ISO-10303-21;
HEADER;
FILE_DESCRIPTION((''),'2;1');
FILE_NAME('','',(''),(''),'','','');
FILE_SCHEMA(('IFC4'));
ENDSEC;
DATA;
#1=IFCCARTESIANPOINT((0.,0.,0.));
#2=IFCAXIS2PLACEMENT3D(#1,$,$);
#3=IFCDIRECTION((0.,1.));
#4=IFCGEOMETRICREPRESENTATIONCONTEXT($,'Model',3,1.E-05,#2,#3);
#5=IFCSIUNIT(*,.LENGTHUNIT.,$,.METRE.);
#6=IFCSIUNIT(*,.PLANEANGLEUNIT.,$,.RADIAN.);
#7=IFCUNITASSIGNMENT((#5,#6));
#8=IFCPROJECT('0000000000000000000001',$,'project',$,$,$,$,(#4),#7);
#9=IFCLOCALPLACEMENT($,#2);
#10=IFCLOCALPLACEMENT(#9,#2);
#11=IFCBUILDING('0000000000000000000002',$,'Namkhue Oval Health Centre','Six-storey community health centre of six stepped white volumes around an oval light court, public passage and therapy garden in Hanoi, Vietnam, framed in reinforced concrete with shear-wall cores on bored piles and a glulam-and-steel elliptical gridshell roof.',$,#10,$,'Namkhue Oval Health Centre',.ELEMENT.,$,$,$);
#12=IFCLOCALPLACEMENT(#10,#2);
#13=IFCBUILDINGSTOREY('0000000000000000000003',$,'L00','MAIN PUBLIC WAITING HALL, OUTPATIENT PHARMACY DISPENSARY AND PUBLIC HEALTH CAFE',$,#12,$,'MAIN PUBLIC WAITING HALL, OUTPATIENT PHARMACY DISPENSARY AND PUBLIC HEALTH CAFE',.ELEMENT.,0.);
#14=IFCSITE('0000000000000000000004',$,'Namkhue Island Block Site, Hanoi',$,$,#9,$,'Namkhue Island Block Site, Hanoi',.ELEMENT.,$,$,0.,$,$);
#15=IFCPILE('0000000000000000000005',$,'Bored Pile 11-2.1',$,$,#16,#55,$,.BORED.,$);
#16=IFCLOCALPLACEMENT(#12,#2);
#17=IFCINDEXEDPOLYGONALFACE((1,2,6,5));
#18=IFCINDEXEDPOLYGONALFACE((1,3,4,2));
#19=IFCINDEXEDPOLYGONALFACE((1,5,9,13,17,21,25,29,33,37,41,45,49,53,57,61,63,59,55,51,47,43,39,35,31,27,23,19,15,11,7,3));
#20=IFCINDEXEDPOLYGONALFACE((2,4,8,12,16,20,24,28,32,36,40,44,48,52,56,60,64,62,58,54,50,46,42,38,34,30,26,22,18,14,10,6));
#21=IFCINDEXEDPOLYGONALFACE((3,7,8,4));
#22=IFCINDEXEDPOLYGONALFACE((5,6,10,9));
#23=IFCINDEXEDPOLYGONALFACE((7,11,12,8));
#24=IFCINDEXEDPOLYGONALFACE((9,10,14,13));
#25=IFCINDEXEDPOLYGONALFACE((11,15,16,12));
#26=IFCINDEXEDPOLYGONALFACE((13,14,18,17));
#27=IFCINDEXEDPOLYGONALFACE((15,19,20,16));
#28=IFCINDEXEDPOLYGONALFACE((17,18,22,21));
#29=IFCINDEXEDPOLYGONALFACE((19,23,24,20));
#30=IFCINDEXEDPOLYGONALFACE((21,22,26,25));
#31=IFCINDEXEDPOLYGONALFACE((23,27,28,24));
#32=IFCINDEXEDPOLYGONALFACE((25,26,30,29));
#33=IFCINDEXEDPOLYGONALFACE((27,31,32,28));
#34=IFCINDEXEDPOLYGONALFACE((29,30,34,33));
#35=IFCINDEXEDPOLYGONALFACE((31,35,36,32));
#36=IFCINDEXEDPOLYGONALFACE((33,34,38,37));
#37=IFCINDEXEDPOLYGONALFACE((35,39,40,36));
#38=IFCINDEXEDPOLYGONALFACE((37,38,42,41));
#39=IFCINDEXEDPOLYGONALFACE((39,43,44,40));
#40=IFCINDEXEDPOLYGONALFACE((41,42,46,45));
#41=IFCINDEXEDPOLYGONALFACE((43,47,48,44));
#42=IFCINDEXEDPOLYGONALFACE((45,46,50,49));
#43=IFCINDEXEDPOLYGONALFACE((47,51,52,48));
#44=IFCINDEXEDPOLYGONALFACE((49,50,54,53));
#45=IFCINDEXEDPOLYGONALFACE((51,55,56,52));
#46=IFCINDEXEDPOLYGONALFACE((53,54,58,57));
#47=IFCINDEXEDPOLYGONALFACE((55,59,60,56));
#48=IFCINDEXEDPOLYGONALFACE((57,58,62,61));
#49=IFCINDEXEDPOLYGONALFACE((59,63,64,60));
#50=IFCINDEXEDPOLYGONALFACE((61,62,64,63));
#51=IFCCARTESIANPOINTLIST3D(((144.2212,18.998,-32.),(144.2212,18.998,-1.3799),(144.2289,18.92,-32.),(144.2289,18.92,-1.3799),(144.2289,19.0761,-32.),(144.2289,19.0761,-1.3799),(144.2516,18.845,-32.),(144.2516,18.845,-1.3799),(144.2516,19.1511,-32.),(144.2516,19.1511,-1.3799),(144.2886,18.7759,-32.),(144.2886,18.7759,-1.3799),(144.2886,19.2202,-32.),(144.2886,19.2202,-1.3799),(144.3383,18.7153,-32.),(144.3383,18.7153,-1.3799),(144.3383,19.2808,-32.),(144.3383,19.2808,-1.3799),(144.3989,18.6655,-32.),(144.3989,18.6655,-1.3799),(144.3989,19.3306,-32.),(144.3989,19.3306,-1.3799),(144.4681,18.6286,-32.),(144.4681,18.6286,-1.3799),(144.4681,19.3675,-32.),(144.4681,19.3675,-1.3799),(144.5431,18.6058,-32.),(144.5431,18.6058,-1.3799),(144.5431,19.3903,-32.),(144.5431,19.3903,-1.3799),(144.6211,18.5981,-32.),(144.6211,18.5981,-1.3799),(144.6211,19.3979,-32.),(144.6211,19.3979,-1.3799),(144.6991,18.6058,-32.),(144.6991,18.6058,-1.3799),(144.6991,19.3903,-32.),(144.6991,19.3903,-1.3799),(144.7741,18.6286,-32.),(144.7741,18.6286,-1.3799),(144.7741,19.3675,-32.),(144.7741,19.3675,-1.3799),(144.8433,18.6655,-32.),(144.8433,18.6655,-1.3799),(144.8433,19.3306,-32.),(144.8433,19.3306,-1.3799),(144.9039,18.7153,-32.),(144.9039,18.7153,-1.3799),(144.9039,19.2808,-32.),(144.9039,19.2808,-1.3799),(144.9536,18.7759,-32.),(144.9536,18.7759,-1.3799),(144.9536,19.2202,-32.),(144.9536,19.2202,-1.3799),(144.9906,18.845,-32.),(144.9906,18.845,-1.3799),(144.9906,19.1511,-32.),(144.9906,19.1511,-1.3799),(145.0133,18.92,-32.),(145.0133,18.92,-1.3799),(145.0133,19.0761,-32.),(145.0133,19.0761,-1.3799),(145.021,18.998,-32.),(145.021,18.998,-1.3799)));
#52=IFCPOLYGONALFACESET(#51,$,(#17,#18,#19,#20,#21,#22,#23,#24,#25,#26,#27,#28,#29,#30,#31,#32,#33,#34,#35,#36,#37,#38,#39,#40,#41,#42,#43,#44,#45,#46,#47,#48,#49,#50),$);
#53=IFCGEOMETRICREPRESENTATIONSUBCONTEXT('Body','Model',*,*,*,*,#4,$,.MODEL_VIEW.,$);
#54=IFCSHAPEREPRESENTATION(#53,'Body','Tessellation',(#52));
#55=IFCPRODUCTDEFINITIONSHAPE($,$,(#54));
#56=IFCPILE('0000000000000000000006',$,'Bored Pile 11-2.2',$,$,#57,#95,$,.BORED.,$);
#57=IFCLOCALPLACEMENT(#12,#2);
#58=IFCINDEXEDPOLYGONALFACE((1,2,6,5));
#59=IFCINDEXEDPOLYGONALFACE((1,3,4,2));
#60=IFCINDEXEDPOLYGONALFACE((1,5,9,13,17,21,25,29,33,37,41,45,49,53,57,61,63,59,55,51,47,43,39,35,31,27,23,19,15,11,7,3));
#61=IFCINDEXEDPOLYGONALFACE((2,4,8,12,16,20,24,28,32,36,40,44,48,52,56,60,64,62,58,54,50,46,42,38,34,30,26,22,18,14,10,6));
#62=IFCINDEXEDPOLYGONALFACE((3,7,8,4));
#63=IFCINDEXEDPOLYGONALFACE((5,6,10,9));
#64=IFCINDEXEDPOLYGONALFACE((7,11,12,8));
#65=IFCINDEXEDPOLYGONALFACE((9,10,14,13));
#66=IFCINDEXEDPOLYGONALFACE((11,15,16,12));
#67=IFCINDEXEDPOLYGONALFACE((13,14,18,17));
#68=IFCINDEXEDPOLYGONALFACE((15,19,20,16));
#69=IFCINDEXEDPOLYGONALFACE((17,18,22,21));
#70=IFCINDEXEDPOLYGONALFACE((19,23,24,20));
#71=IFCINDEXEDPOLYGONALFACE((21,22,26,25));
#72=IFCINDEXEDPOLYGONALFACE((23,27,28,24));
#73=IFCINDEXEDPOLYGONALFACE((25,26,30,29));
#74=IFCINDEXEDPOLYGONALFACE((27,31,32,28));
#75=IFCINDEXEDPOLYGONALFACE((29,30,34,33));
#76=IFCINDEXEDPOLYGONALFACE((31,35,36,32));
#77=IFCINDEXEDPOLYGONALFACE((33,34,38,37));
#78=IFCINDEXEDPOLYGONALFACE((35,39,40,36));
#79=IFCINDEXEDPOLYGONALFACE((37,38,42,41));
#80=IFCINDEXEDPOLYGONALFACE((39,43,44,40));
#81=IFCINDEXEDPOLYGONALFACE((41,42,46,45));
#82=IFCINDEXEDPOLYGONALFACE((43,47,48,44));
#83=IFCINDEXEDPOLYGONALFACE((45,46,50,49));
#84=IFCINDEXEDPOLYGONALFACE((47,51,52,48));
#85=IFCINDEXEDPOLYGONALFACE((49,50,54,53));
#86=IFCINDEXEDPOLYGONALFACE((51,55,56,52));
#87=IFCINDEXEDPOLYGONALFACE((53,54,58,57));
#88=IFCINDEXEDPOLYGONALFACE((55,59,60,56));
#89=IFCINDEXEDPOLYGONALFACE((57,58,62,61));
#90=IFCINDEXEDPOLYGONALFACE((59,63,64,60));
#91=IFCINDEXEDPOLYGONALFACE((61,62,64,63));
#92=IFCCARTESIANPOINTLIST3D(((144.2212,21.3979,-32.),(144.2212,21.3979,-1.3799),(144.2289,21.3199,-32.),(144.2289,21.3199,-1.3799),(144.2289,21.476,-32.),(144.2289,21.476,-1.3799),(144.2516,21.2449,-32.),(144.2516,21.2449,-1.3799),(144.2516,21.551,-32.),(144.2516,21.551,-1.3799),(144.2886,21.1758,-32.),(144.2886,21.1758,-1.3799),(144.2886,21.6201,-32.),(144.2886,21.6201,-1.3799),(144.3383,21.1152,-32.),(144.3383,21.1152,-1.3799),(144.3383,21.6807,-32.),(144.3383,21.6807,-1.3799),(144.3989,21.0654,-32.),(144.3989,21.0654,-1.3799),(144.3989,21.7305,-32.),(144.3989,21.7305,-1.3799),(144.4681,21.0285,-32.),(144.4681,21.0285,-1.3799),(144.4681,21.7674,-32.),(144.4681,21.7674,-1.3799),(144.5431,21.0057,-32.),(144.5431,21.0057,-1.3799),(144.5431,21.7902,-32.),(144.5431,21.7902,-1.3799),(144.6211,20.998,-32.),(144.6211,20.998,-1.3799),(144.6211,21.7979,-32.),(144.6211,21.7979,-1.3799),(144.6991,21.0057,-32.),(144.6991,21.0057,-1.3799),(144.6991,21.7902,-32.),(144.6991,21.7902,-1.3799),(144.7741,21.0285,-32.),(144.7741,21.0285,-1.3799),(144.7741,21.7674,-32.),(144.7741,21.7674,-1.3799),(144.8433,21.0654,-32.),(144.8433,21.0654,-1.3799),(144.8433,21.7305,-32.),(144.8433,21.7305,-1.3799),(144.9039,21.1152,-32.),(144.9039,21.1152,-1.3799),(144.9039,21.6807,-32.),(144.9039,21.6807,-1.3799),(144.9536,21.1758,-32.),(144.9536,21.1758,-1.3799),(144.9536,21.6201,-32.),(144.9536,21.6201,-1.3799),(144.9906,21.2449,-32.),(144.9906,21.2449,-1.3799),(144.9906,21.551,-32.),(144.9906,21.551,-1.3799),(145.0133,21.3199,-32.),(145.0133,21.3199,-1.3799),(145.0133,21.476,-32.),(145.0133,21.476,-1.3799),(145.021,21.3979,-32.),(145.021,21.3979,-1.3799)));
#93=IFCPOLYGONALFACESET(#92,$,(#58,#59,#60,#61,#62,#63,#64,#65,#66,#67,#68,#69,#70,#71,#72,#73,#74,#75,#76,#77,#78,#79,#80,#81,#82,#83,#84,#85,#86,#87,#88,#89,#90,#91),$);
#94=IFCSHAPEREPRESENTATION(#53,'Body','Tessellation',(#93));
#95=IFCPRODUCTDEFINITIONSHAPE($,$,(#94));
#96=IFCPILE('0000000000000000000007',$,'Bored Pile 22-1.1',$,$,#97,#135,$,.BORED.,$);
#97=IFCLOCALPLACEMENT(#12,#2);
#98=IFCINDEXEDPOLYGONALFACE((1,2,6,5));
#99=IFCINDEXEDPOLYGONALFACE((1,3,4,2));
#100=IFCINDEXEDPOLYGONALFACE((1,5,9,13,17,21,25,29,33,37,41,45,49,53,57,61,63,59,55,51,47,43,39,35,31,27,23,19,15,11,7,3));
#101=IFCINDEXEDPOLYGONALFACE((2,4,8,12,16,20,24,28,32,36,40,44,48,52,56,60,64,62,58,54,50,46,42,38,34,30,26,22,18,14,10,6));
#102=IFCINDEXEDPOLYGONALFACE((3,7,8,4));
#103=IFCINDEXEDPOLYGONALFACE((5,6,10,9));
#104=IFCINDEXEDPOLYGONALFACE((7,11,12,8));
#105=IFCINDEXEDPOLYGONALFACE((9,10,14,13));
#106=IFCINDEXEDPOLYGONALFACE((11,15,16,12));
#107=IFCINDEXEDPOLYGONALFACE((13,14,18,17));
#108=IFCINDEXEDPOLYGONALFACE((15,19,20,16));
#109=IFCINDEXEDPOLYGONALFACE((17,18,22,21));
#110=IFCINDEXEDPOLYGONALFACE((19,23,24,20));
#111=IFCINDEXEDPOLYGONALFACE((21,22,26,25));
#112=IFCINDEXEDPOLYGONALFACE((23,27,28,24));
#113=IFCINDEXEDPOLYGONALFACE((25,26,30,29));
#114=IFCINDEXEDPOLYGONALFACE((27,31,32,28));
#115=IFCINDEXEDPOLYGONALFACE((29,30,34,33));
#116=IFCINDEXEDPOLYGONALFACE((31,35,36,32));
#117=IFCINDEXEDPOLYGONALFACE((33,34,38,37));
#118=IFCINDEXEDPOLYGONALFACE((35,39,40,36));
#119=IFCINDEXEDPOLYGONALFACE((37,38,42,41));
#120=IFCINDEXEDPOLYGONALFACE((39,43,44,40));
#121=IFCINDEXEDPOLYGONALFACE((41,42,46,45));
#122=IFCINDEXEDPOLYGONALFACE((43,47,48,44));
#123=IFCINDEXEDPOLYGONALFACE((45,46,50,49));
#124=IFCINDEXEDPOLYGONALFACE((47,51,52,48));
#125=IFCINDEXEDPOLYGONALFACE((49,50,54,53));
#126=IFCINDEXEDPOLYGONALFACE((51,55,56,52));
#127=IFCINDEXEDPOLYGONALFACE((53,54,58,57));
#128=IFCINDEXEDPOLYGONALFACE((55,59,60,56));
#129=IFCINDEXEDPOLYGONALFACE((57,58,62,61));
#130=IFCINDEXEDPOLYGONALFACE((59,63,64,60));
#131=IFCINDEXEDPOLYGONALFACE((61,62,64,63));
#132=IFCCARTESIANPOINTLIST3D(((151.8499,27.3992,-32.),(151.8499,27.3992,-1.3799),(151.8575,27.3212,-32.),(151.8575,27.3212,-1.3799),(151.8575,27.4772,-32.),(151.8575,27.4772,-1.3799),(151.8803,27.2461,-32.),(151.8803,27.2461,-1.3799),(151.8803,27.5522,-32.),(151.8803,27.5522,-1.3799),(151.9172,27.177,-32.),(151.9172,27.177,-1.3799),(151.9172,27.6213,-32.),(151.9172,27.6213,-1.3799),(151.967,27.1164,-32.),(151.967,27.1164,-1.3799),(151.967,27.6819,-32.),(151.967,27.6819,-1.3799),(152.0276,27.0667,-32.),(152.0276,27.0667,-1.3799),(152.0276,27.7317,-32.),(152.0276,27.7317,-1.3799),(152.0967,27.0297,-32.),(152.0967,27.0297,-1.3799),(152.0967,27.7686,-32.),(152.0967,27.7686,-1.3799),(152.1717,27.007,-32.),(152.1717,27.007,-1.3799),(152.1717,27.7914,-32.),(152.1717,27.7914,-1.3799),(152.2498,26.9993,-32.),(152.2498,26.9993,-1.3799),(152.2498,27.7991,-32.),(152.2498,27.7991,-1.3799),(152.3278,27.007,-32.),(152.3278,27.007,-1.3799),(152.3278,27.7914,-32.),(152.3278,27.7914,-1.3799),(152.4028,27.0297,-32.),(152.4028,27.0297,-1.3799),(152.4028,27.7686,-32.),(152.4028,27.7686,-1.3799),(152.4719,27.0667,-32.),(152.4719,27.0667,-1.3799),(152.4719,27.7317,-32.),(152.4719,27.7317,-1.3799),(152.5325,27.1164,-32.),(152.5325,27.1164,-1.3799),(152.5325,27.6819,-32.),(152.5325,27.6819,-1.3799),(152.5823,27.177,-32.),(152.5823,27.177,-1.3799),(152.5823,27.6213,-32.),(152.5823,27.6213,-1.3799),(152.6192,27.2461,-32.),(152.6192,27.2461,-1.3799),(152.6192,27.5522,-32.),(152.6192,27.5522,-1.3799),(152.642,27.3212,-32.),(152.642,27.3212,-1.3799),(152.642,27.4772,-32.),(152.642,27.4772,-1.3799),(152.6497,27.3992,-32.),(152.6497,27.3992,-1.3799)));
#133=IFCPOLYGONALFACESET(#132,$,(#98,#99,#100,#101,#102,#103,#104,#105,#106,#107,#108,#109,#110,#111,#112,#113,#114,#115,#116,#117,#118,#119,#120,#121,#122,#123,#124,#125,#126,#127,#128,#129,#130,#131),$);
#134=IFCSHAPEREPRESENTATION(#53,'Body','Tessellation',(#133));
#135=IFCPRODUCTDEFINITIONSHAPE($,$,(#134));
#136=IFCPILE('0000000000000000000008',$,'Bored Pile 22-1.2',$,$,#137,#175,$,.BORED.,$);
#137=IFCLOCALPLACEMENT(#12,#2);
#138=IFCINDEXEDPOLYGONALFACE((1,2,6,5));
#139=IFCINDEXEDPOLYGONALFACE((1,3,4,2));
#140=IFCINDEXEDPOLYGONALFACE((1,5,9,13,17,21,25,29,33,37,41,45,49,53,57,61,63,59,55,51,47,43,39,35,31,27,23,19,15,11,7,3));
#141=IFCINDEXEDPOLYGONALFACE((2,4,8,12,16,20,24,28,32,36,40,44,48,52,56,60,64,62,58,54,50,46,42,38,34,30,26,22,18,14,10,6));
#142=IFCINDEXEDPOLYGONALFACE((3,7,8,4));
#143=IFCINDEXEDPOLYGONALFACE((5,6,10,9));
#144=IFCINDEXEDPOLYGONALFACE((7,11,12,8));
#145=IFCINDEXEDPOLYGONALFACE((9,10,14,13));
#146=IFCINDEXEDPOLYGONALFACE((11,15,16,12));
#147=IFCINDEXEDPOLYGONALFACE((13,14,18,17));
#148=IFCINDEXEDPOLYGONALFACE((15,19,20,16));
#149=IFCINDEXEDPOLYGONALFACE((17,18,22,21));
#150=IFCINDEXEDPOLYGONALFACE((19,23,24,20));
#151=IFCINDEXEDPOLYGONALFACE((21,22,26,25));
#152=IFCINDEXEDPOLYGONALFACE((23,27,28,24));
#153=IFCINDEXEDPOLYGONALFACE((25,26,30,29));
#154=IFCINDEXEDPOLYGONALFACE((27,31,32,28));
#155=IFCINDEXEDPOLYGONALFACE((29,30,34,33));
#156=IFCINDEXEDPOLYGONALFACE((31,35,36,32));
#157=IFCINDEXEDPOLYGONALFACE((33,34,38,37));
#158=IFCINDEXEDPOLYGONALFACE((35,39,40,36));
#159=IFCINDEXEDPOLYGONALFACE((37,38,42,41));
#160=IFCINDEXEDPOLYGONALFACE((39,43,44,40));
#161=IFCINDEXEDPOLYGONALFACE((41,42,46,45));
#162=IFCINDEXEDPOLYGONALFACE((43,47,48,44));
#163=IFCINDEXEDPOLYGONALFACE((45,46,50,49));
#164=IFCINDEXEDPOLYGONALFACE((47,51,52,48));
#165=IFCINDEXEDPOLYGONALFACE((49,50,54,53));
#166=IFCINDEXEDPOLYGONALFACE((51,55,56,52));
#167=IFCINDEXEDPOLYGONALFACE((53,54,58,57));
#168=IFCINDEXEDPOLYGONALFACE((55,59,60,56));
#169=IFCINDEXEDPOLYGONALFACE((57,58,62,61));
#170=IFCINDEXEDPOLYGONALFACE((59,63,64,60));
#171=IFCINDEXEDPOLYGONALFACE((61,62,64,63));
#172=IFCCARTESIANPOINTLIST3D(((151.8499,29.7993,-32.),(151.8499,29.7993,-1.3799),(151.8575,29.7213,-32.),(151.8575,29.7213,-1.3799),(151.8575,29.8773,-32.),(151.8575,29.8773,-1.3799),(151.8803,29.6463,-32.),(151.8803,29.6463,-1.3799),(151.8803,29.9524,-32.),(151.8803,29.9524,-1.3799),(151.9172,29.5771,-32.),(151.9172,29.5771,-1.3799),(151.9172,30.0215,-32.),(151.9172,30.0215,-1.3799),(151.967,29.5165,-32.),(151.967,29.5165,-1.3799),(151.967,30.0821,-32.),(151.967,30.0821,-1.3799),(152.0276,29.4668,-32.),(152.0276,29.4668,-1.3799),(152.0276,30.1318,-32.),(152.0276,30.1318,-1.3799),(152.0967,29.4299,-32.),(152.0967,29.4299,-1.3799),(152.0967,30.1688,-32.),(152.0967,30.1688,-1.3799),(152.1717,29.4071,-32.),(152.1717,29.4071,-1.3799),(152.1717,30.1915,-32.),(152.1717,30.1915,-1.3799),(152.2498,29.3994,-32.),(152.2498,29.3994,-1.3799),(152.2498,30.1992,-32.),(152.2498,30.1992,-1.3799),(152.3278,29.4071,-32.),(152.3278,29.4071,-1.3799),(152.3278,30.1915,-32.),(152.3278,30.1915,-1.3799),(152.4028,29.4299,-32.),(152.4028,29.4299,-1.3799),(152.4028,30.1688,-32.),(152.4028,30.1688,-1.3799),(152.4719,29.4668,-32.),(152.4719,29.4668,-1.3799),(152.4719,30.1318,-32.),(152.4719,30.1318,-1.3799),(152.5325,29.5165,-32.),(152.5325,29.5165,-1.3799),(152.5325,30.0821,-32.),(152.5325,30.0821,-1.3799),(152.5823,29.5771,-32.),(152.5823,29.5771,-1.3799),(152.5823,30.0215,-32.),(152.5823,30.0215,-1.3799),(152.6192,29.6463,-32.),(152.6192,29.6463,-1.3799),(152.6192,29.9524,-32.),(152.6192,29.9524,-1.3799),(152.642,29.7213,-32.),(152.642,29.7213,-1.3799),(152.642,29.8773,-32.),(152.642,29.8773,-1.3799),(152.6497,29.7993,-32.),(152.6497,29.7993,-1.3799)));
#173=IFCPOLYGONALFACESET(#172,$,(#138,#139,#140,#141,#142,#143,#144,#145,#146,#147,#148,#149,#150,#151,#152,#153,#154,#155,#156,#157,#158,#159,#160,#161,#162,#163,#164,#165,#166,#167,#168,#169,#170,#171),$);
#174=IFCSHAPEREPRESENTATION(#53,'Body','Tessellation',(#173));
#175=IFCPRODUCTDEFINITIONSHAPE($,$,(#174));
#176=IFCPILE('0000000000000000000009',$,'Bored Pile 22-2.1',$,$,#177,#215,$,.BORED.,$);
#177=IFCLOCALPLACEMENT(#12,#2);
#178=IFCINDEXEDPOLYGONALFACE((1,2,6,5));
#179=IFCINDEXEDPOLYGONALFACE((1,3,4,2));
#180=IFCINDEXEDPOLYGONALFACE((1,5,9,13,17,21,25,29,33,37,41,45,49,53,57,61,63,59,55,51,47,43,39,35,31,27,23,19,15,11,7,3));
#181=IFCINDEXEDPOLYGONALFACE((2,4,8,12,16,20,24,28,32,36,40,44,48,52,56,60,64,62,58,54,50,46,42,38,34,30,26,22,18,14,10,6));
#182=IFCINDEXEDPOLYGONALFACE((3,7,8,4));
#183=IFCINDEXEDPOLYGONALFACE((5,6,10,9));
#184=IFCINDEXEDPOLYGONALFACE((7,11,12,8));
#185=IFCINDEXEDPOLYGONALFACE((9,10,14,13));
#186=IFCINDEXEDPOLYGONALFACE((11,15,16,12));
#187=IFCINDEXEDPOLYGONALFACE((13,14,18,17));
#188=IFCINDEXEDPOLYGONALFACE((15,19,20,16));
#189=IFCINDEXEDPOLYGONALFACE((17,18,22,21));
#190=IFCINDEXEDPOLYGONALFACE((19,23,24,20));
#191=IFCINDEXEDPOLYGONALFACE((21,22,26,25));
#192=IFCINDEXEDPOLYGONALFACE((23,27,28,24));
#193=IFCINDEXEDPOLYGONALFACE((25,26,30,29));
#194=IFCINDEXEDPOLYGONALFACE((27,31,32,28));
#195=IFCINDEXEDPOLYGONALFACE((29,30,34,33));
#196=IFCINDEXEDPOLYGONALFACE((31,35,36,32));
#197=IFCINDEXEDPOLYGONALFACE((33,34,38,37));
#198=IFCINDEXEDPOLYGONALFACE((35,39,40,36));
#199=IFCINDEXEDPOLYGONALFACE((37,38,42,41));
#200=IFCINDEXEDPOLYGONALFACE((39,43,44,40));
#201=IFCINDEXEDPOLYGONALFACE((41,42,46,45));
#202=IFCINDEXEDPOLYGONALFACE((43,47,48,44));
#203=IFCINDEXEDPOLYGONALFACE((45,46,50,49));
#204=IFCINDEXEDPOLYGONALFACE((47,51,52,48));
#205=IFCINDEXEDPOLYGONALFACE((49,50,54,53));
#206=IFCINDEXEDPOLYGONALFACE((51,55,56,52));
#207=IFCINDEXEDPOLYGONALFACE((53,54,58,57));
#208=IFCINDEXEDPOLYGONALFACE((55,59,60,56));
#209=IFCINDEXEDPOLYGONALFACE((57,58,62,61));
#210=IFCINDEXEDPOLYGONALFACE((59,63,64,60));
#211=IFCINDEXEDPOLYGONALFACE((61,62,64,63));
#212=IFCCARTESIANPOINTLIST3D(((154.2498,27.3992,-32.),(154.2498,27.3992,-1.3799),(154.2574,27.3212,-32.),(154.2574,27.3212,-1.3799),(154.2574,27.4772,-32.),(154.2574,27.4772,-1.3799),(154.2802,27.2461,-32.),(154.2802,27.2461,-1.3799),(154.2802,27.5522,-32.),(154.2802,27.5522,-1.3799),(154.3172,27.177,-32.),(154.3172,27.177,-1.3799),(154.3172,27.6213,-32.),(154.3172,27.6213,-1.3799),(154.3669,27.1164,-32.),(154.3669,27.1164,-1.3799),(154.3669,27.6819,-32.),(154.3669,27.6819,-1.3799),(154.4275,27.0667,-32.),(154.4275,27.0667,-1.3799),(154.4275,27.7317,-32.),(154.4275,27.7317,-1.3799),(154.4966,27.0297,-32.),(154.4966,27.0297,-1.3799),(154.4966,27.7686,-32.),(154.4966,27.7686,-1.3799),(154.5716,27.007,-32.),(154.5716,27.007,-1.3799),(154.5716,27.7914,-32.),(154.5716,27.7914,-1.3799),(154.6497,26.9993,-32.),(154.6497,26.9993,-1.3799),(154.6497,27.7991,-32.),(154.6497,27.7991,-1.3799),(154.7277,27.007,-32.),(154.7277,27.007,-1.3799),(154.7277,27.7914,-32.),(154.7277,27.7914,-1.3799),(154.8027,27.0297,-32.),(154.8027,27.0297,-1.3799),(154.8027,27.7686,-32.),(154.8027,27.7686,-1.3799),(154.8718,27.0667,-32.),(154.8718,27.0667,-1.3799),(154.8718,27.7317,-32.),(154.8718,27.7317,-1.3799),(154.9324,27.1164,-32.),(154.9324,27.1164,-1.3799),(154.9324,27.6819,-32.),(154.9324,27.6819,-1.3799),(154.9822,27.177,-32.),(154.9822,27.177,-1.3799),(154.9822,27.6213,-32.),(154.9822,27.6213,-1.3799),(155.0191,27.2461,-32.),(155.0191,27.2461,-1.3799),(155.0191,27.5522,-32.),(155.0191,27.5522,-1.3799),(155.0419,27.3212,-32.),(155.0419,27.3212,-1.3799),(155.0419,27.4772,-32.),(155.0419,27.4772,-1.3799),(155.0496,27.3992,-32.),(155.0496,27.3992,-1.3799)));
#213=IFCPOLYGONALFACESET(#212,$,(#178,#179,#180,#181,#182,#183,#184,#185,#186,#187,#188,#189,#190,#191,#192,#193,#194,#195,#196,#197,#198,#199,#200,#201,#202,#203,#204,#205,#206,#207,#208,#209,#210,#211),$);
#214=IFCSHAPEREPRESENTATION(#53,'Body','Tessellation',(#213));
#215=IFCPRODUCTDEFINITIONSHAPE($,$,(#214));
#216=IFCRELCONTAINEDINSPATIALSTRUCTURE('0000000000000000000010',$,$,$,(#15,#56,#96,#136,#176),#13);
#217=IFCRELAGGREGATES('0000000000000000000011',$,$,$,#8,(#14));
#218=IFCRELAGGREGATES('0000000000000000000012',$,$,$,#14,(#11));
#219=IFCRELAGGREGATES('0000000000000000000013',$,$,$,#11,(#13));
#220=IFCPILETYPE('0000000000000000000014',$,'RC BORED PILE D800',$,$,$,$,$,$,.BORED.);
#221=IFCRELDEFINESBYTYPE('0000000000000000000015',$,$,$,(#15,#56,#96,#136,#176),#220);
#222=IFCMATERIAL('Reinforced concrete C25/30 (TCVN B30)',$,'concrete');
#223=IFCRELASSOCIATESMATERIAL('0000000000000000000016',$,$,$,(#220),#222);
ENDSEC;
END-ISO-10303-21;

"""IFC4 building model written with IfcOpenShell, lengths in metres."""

from ifc_helpers import new_model, si_unit, direction, frame, origin, origin_2d, place, context, subcontext, project, spatial, circle, extrude, material, material_profile, profile_set, type_object, element, save


model = new_model("IFC4")

# Units and contexts
model_context = context("Model", 3, precision=1e-05, world=origin(), true_north=direction((0.0, 1.0)))
body_context = subcontext(model_context, "Body", "Model", "MODEL_VIEW")
ifc_project = project(units=[si_unit("LENGTHUNIT", "METRE"), si_unit("PLANEANGLEUNIT", "RADIAN")], contexts=[model_context])

# Site, building, storey
site_placement = place(None, origin())
site = spatial("IfcSite", under=ifc_project, at=site_placement, Name="Namkhue Island Block Site, Hanoi", LongName="Namkhue Island Block Site, Hanoi", CompositionType="ELEMENT", RefElevation=0.0)
building_placement = place(site_placement, origin())
building = spatial("IfcBuilding", under=site, at=building_placement, Name="Namkhue Oval Health Centre", Description="Six-storey community health centre of six stepped white volumes around an oval light court, public passage and therapy garden in Hanoi, Vietnam, framed in reinforced concrete with shear-wall cores on bored piles and a glulam-and-steel elliptical gridshell roof.", LongName="Namkhue Oval Health Centre", CompositionType="ELEMENT")
storey_placement = place(building_placement, origin())
storey = spatial("IfcBuildingStorey", under=building, at=storey_placement, Name="L00", Description="MAIN PUBLIC WAITING HALL, OUTPATIENT PHARMACY DISPENSARY AND PUBLIC HEALTH CAFE", LongName="MAIN PUBLIC WAITING HALL, OUTPATIENT PHARMACY DISPENSARY AND PUBLIC HEALTH CAFE", CompositionType="ELEMENT", Elevation=0.0)

# Piles
ifc_material_1 = material(Name="Reinforced concrete C25/30 (TCVN B30)", Category="concrete")
ifc_material_profile_1 = material_profile(ifc_material_1, circle(Radius=0.3999, at=origin_2d()), Name="BORED PILE D800")
ifc_profile_set_1 = profile_set([ifc_material_profile_1], Name="Reinforced concrete C25/30 (TCVN B30)")
pile_type = type_object("IfcPileType", Name="RC BORED PILE D800", PredefinedType="BORED", material=ifc_profile_set_1)
for number, where, z_axis, x_axis, name in (
    (1, (144.6211, 18.998, -1.3799), (0.0, 0.0, -1.0), (1.0, 0.0, 0.0), "Bored Pile 11-2.1"),
    (2, (144.6211, 21.3979, -1.3799), (0.0, 0.0, -1.0), (1.0, 0.0, 0.0), "Bored Pile 11-2.2"),
    (3, (152.2498, 27.3992, -1.3799), (0.0, 0.0, -1.0), (1.0, 0.0, 0.0), "Bored Pile 22-1.1"),
    (4, (152.2498, 29.7993, -1.3799), (0.0, 0.0, -1.0), (1.0, 0.0, 0.0), "Bored Pile 22-1.2"),
    (5, (154.6497, 27.3992, -1.3799), (0.0, 0.0, -1.0), (1.0, 0.0, 0.0), "Bored Pile 22-2.1"),
):
    element("IfcPile", number, at=place(storey_placement, frame(where, z_axis=z_axis, x_axis=x_axis)), inside=storey, type_object=pile_type, Name=name, PredefinedType="BORED", context=body_context, shape_type="SweptSolid", body=[
        extrude(circle(Radius=0.3999, at=origin_2d()), origin(), (0.0, 0.0, 1.0), 30.6201),
    ])

save(model, "model.ifc")
